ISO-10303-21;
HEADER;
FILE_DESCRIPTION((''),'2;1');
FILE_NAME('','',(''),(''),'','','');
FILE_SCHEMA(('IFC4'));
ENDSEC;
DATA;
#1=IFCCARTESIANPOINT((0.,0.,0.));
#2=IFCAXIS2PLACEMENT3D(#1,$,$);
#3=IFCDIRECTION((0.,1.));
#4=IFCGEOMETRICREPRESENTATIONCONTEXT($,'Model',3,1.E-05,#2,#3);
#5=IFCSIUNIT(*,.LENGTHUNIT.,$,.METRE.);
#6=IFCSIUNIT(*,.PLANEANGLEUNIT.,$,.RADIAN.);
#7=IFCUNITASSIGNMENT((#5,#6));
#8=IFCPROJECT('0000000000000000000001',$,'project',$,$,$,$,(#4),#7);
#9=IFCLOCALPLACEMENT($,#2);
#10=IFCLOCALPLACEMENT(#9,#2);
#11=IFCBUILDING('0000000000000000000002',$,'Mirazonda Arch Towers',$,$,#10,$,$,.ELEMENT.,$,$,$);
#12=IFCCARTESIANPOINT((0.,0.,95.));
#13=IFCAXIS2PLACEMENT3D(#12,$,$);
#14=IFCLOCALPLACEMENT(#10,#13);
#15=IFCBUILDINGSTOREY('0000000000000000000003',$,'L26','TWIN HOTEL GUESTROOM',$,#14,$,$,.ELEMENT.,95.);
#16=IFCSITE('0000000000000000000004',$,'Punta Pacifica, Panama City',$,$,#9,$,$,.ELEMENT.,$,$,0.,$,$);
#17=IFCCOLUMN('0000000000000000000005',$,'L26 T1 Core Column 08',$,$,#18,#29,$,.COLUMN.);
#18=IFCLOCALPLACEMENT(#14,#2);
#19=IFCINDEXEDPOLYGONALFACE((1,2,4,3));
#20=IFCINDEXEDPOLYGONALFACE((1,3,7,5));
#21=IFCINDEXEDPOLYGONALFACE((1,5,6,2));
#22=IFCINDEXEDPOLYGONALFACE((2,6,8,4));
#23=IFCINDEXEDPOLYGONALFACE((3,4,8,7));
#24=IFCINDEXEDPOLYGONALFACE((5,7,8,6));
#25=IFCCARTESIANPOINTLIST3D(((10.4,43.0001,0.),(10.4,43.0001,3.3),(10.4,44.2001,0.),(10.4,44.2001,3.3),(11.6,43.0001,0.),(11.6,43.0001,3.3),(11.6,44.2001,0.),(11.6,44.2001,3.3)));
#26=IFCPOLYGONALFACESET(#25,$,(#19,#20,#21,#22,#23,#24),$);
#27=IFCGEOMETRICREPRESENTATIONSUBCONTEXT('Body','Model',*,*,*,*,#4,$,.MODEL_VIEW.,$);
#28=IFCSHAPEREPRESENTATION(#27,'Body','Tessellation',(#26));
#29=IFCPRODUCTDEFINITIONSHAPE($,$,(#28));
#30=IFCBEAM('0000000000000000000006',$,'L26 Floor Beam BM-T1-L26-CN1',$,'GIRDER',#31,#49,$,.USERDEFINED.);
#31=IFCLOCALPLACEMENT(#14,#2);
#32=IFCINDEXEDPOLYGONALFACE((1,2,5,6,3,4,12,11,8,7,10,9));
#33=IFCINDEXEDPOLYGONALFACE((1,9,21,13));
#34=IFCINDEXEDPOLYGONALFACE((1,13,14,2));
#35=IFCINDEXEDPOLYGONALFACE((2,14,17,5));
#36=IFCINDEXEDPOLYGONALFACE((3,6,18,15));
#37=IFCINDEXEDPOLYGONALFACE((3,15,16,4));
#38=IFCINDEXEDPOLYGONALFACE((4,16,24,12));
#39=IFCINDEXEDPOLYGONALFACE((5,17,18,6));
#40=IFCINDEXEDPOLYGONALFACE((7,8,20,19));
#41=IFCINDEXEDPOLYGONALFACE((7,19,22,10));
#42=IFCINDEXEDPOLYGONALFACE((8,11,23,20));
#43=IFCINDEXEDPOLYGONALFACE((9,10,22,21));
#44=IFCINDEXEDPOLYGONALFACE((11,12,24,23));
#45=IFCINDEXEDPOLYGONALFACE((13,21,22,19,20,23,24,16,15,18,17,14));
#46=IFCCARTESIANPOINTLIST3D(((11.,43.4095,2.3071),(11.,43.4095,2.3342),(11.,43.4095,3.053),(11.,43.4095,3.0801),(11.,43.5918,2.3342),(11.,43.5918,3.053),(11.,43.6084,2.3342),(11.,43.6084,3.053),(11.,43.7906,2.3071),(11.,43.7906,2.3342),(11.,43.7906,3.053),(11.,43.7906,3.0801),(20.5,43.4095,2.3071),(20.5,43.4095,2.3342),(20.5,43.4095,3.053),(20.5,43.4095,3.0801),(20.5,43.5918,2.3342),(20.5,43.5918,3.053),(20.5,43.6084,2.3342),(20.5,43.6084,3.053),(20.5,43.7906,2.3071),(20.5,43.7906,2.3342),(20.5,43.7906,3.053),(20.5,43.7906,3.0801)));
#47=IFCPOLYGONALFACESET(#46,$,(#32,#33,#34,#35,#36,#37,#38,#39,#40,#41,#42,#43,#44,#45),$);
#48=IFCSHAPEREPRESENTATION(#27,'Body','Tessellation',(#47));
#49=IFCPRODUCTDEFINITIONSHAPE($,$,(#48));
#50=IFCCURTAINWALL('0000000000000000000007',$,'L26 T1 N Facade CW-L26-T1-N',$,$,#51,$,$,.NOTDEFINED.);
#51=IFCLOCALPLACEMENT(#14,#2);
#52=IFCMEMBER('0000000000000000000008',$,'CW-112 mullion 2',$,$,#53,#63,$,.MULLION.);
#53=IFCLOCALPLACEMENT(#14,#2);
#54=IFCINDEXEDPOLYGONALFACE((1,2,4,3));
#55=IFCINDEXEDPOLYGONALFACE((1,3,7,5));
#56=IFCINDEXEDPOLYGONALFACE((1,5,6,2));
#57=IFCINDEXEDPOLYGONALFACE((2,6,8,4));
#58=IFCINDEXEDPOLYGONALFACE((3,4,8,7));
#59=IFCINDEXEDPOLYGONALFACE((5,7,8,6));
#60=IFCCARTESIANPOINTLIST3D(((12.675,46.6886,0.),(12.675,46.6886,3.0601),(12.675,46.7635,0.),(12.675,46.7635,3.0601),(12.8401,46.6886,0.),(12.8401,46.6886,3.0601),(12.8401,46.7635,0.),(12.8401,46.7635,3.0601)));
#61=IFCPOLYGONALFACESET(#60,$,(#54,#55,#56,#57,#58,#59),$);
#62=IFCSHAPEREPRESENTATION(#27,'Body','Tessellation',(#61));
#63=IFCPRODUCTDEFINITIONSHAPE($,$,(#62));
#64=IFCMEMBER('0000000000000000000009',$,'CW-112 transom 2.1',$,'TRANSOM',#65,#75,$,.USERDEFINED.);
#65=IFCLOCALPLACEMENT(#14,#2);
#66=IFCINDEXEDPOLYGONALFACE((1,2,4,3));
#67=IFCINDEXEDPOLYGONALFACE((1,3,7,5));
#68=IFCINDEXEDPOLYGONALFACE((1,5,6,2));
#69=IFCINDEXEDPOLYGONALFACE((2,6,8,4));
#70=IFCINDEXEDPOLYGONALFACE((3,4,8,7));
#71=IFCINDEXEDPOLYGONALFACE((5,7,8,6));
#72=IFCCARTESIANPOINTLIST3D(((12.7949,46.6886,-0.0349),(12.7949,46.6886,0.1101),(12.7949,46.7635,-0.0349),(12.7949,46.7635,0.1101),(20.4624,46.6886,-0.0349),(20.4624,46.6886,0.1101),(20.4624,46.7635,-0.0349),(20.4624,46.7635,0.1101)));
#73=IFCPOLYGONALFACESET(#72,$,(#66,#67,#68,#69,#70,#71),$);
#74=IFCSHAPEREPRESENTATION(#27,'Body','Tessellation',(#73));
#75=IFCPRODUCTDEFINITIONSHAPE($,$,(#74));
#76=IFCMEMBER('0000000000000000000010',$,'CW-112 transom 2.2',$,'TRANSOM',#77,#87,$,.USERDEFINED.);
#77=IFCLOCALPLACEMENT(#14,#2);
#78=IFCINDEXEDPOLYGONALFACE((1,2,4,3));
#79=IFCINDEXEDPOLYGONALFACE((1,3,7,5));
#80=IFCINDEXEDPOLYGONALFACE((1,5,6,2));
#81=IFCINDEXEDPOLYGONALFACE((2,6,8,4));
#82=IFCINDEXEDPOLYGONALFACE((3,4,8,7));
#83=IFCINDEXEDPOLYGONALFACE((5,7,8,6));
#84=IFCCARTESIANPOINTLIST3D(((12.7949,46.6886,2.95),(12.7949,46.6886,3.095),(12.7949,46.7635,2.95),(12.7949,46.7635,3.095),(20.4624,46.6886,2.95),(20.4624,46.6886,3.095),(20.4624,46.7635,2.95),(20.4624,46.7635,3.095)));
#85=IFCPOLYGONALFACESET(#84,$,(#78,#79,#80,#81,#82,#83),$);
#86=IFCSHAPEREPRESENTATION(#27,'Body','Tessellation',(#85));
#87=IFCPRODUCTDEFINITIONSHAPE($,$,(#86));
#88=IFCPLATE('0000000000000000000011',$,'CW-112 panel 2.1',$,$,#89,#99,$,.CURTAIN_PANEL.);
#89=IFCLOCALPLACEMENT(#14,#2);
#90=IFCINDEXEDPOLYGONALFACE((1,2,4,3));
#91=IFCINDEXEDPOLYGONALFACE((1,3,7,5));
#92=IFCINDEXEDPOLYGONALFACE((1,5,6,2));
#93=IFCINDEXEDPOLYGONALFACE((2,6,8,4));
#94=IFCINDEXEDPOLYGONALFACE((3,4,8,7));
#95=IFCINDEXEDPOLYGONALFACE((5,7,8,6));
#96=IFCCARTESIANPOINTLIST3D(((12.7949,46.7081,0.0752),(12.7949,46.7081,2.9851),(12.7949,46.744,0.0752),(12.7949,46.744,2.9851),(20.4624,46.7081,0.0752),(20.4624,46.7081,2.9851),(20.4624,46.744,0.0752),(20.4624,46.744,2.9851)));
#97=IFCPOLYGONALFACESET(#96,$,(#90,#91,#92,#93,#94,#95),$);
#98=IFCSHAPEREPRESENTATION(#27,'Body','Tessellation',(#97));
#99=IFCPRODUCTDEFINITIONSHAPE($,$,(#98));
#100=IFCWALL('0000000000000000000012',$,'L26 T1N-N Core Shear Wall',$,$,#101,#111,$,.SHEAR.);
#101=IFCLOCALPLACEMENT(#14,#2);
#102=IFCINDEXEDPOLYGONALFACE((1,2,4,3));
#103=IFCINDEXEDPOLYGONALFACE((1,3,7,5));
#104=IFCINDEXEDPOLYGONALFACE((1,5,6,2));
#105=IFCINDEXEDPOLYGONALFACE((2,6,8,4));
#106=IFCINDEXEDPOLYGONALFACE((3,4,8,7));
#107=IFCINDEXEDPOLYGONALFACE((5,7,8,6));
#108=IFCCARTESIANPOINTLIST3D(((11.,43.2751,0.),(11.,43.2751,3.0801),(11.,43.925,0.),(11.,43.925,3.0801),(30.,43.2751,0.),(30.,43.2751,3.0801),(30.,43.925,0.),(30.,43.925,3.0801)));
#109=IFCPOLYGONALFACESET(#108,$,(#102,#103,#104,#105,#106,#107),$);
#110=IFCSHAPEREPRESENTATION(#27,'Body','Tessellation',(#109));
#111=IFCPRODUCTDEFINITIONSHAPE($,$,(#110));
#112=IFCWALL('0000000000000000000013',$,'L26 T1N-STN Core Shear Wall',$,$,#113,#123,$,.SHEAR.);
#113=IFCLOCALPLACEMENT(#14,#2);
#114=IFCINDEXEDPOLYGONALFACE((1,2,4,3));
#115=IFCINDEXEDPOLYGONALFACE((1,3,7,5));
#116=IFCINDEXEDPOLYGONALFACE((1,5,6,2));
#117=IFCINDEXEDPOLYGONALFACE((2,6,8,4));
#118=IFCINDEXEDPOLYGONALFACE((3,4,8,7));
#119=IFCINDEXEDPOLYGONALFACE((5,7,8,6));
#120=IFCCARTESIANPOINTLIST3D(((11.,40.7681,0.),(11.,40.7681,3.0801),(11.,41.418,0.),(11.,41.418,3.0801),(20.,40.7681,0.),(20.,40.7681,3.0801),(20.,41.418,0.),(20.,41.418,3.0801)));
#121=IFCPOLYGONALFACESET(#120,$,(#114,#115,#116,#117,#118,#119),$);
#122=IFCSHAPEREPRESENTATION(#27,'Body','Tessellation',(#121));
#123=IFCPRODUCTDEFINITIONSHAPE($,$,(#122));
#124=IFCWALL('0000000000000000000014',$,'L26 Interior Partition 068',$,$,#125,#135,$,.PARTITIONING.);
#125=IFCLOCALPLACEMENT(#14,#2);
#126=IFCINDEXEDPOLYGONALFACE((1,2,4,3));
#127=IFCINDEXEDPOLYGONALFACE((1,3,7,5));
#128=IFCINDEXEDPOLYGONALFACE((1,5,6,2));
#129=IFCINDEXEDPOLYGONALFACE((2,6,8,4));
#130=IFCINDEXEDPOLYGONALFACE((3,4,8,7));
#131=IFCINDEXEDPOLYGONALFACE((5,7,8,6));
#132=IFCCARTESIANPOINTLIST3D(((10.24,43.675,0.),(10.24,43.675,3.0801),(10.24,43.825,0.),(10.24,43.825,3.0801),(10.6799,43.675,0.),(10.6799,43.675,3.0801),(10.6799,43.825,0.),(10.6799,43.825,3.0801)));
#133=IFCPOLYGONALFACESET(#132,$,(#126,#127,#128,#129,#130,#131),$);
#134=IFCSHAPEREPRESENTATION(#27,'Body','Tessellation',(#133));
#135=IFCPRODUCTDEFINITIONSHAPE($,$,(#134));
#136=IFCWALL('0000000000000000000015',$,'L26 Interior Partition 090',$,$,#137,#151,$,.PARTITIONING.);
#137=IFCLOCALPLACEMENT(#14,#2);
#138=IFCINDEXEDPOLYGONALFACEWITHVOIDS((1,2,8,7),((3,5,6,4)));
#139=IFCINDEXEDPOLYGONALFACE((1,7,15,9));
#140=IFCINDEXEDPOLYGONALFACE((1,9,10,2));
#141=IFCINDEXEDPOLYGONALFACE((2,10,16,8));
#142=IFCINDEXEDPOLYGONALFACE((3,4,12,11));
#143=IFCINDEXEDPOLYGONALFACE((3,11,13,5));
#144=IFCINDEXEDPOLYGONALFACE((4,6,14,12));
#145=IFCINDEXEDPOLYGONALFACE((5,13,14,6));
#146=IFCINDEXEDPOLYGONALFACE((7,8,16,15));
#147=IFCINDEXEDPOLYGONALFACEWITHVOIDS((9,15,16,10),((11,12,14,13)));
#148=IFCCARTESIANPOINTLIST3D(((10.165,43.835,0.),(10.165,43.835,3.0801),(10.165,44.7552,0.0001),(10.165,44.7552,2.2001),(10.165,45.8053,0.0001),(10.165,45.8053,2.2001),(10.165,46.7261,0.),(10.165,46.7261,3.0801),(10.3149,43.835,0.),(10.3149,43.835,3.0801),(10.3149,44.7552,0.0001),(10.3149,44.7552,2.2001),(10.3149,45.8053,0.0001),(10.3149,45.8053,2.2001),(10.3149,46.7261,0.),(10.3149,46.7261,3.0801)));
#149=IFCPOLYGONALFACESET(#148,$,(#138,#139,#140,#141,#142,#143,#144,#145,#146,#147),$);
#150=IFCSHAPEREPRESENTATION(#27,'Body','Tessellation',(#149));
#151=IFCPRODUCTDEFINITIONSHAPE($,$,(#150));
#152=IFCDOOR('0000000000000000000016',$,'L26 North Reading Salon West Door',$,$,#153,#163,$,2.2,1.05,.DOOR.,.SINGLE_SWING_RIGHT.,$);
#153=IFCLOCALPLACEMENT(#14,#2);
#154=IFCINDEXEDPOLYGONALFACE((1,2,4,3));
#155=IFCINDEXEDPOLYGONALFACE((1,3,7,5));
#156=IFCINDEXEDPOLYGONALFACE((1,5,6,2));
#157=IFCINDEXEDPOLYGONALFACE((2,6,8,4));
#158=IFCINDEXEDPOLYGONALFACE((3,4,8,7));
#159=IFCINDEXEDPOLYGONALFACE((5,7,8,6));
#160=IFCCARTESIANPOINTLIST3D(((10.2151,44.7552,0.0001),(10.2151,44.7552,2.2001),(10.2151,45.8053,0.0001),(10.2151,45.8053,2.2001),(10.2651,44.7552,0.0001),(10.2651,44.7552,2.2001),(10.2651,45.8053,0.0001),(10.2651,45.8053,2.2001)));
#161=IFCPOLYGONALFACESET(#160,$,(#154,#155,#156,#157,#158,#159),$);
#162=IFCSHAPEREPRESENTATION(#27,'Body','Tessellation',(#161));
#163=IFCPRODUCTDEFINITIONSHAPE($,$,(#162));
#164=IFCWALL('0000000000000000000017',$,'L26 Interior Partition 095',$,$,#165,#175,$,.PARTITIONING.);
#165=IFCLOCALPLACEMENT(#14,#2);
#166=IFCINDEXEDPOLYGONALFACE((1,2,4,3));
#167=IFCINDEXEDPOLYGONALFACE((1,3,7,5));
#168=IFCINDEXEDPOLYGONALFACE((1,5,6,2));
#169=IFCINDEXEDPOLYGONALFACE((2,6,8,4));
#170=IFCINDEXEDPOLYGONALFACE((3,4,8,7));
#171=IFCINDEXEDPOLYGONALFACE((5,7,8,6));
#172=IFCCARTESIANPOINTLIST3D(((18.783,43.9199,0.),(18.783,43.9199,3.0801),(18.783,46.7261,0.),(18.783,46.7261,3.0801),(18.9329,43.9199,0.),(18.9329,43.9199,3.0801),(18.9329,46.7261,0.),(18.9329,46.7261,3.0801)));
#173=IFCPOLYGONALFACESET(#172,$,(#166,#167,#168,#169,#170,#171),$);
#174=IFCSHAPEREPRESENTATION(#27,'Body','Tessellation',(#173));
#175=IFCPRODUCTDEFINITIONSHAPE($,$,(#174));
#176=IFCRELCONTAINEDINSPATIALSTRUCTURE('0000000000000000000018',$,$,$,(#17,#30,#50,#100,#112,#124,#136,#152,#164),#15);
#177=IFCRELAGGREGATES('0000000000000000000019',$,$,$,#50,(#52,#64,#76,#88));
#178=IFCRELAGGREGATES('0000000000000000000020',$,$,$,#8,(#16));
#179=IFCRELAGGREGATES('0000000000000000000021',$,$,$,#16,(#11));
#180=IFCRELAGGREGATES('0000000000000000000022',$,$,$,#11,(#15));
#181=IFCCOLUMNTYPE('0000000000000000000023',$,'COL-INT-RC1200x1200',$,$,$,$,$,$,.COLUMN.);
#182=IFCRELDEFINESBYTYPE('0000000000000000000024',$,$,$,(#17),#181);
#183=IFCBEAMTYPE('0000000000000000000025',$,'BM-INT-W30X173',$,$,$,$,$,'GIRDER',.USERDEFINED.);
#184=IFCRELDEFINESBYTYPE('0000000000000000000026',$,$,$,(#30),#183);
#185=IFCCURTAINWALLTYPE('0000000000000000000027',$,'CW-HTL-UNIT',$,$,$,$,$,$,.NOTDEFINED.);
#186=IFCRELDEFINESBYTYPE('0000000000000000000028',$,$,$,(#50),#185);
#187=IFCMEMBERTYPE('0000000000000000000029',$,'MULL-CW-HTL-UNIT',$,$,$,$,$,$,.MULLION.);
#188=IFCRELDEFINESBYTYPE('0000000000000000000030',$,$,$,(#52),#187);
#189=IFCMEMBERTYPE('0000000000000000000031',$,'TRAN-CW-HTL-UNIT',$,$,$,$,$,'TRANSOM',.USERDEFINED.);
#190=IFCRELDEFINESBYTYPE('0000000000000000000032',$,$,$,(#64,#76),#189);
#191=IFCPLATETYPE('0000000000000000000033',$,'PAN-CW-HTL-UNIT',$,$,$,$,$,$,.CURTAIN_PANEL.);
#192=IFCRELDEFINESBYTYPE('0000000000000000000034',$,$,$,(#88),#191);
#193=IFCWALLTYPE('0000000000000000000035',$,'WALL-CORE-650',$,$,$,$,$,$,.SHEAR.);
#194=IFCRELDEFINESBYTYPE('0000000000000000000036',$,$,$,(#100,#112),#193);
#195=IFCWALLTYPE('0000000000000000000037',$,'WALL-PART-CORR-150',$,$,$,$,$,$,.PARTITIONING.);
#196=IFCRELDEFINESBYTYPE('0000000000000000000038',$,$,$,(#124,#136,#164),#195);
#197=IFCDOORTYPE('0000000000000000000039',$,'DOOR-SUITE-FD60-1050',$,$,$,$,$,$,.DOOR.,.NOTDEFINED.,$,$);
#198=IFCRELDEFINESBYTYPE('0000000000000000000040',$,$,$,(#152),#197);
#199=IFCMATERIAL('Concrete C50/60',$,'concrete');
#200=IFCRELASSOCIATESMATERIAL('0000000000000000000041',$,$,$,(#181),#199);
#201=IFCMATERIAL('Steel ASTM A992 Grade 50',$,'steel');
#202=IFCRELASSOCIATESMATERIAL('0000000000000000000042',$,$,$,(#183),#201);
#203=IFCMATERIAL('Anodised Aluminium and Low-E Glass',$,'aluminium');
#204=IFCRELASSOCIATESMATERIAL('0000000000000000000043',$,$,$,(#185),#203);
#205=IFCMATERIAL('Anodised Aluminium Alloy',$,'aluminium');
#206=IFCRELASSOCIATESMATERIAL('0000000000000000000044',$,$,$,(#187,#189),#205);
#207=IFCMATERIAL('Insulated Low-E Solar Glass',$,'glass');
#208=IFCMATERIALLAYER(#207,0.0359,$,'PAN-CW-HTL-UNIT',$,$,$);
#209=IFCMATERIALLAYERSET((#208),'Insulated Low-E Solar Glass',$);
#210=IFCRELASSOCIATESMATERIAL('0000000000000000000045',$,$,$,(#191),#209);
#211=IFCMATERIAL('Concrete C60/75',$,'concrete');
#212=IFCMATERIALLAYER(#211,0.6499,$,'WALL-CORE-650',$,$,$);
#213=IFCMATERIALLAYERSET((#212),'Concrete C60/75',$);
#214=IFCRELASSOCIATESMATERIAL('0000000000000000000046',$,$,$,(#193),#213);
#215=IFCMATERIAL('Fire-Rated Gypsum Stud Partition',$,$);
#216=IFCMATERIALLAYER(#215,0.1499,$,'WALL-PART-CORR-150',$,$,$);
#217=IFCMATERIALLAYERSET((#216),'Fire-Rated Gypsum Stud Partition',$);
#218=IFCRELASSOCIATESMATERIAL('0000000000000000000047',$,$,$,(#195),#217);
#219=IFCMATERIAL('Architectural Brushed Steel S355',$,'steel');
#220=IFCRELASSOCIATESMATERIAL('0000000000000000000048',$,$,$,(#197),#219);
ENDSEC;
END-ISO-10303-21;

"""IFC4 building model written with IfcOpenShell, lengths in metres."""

from ifc_helpers import new_model, si_unit, direction, frame, frame_2d, origin, origin_2d, place, context, subcontext, project, spatial, rectangle, i_section, extrude, material, layer, layer_set, material_profile, profile_set, type_object, element, fill, aggregate, save


model = new_model("IFC4")

# Units and contexts
model_context = context("Model", 3, precision=1e-05, world=origin(), true_north=direction((0.0, 1.0)))
body_context = subcontext(model_context, "Body", "Model", "MODEL_VIEW")
ifc_project = project(units=[si_unit("LENGTHUNIT", "METRE"), si_unit("PLANEANGLEUNIT", "RADIAN")], contexts=[model_context])

# Site, building, storey
site_placement = place(None, origin())
site = spatial("IfcSite", under=ifc_project, at=site_placement, Name="Punta Pacifica, Panama City", CompositionType="ELEMENT", RefElevation=0.0)
building_placement = place(site_placement, origin())
building = spatial("IfcBuilding", under=site, at=building_placement, Name="Mirazonda Arch Towers", CompositionType="ELEMENT")
storey_placement = place(building_placement, frame((0.0, 0.0, 95.0)))
storey = spatial("IfcBuildingStorey", under=building, at=storey_placement, Name="L26", Description="TWIN HOTEL GUESTROOM", CompositionType="ELEMENT", Elevation=95.0)

# Column
ifc_material_1 = material(Name="Concrete C50/60", Category="concrete")
ifc_material_profile_1 = material_profile(ifc_material_1, rectangle(XDim=1.2, YDim=1.2, at=origin_2d()), Name="RC1200x1200")
ifc_profile_set_1 = profile_set([ifc_material_profile_1], Name="Concrete C50/60")
column_type = type_object("IfcColumnType", Name="COL-INT-RC1200x1200", PredefinedType="COLUMN", material=ifc_profile_set_1)
column_placement = place(storey_placement, frame((11.0, 43.6001, 0.0), z_axis=(0.0, 0.0, 1.0), x_axis=(1.0, 0.0, 0.0)))
element("IfcColumn", 1, at=column_placement, inside=storey, type_object=column_type, Name="L26 T1 Core Column 08", PredefinedType="COLUMN", context=body_context, shape_type="SweptSolid", body=[
    extrude(rectangle(XDim=1.2, YDim=1.2, at=origin_2d()), origin(), (0.0, 0.0, 1.0), 3.3),
])

# Beam
ifc_material_2 = material(Name="Steel ASTM A992 Grade 50", Category="steel")
ifc_material_profile_2 = material_profile(ifc_material_2, i_section(OverallWidth=0.3811, OverallDepth=0.7729, WebThickness=0.0166, FlangeThickness=0.0271, at=origin_2d()), Name="W30X173")
ifc_profile_set_2 = profile_set([ifc_material_profile_2], Name="Steel ASTM A992 Grade 50")
beam_type = type_object("IfcBeamType", Name="BM-INT-W30X173", ElementType="GIRDER", PredefinedType="USERDEFINED", material=ifc_profile_set_2)
beam_placement = place(storey_placement, frame((11.0, 43.6001, 2.6936), z_axis=(1.0, 0.0, 0.0), x_axis=(0.0, 1.0, 0.0)))
element("IfcBeam", 2, at=beam_placement, inside=storey, type_object=beam_type, Name="L26 Floor Beam BM-T1-L26-CN1", ObjectType="GIRDER", PredefinedType="USERDEFINED", context=body_context, shape_type="SweptSolid", body=[
    extrude(i_section(OverallWidth=0.3811, OverallDepth=0.7729, WebThickness=0.0166, FlangeThickness=0.0271, at=origin_2d()), origin(), (0.0, 0.0, 1.0), 9.5),
])

# Curtain wall, members, plate
ifc_material_3 = material(Name="Anodised Aluminium and Low-E Glass", Category="aluminium")
curtain_wall_type = type_object("IfcCurtainWallType", Name="CW-HTL-UNIT", PredefinedType="NOTDEFINED", material=ifc_material_3)
curtain_wall_placement = place(storey_placement, origin())
curtain_wall = element("IfcCurtainWall", 3, at=curtain_wall_placement, inside=storey, type_object=curtain_wall_type, Name="L26 T1 N Facade CW-L26-T1-N", PredefinedType="NOTDEFINED")
ifc_material_4 = material(Name="Anodised Aluminium Alloy", Category="aluminium")
ifc_material_profile_3 = material_profile(ifc_material_4, rectangle(XDim=0.075, YDim=0.165, at=origin_2d()), Name="ALU-MULL-75x165")
ifc_profile_set_3 = profile_set([ifc_material_profile_3], Name="Anodised Aluminium Alloy")
member_type_1 = type_object("IfcMemberType", Name="MULL-CW-HTL-UNIT", PredefinedType="MULLION", material=ifc_profile_set_3)
member_1_placement = place(storey_placement, frame((12.7576, 46.7261, 0.0), z_axis=(0.0, 0.0, 1.0), x_axis=(0.0, 1.0, 0.0)))
member_1 = element("IfcMember", 4, at=member_1_placement, type_object=member_type_1, Name="CW-112 mullion 2", PredefinedType="MULLION", context=body_context, shape_type="SweptSolid", body=[
    extrude(rectangle(XDim=0.075, YDim=0.165, at=origin_2d()), origin(), (0.0, 0.0, 1.0), 3.0601),
])
ifc_material_profile_4 = material_profile(ifc_material_4, rectangle(XDim=0.075, YDim=0.145, at=origin_2d()), Name="ALU-TRAN-75x145")
ifc_profile_set_4 = profile_set([ifc_material_profile_4], Name="Anodised Aluminium Alloy")
member_type_2 = type_object("IfcMemberType", Name="TRAN-CW-HTL-UNIT", ElementType="TRANSOM", PredefinedType="USERDEFINED", material=ifc_profile_set_4)
member_2_placement = place(storey_placement, frame((12.7949, 46.7261, 0.0376), z_axis=(1.0, 0.0, 0.0), x_axis=(0.0, 1.0, 0.0)))
member_2 = element("IfcMember", 5, at=member_2_placement, type_object=member_type_2, Name="CW-112 transom 2.1", ObjectType="TRANSOM", PredefinedType="USERDEFINED", context=body_context, shape_type="SweptSolid", body=[
    extrude(rectangle(XDim=0.075, YDim=0.145, at=origin_2d()), origin(), (0.0, 0.0, 1.0), 7.6675),
])
member_3_placement = place(storey_placement, frame((12.7949, 46.7261, 3.0225), z_axis=(1.0, 0.0, 0.0), x_axis=(0.0, 1.0, 0.0)))
member_3 = element("IfcMember", 6, at=member_3_placement, type_object=member_type_2, Name="CW-112 transom 2.2", ObjectType="TRANSOM", PredefinedType="USERDEFINED", context=body_context, shape_type="SweptSolid", body=[
    extrude(rectangle(XDim=0.075, YDim=0.145, at=origin_2d()), origin(), (0.0, 0.0, 1.0), 7.6675),
])
ifc_material_5 = material(Name="Insulated Low-E Solar Glass", Category="glass")
ifc_layer_1 = layer(ifc_material_5, 0.0359, Name="PAN-CW-HTL-UNIT")
ifc_layer_set_1 = layer_set([ifc_layer_1], Name="Insulated Low-E Solar Glass")
plate_type = type_object("IfcPlateType", Name="PAN-CW-HTL-UNIT", PredefinedType="CURTAIN_PANEL", material=ifc_layer_set_1)
plate_placement = place(storey_placement, frame((16.6287, 46.7261, 0.0752), z_axis=(0.0, 0.0, 1.0), x_axis=(1.0, 0.0, 0.0)))
plate = element("IfcPlate", 7, at=plate_placement, type_object=plate_type, Name="CW-112 panel 2.1", PredefinedType="CURTAIN_PANEL", context=body_context, shape_type="SweptSolid", body=[
    extrude(rectangle(XDim=7.6675, YDim=0.0359, at=origin_2d()), origin(), (0.0, 0.0, 1.0), 2.9099),
])
aggregate(curtain_wall, [member_1, member_2, member_3, plate])

# Walls
ifc_material_6 = material(Name="Concrete C60/75", Category="concrete")
ifc_layer_2 = layer(ifc_material_6, 0.6499, Name="WALL-CORE-650")
ifc_layer_set_2 = layer_set([ifc_layer_2], Name="Concrete C60/75")
wall_type_1 = type_object("IfcWallType", Name="WALL-CORE-650", PredefinedType="SHEAR", material=ifc_layer_set_2)
wall_1_placement = place(storey_placement, frame((11.0, 43.6001, 0.0), z_axis=(0.0, 0.0, 1.0), x_axis=(1.0, 0.0, 0.0)))
element("IfcWall", 8, at=wall_1_placement, inside=storey, type_object=wall_type_1, Name="L26 T1N-N Core Shear Wall", PredefinedType="SHEAR", context=body_context, shape_type="SweptSolid", body=[
    extrude(rectangle(XDim=19.0, YDim=0.6499, at=frame_2d((9.5, 0.0))), origin(), (0.0, 0.0, 1.0), 3.0801),
])
wall_2_placement = place(storey_placement, frame((11.0, 41.093, 0.0), z_axis=(0.0, 0.0, 1.0), x_axis=(1.0, 0.0, 0.0)))
element("IfcWall", 9, at=wall_2_placement, inside=storey, type_object=wall_type_1, Name="L26 T1N-STN Core Shear Wall", PredefinedType="SHEAR", context=body_context, shape_type="SweptSolid", body=[
    extrude(rectangle(XDim=9.0, YDim=0.6499, at=frame_2d((4.5, 0.0))), origin(), (0.0, 0.0, 1.0), 3.0801),
])
ifc_material_7 = material(Name="Fire-Rated Gypsum Stud Partition")
ifc_layer_3 = layer(ifc_material_7, 0.1499, Name="WALL-PART-CORR-150")
ifc_layer_set_3 = layer_set([ifc_layer_3], Name="Fire-Rated Gypsum Stud Partition")
wall_type_2 = type_object("IfcWallType", Name="WALL-PART-CORR-150", PredefinedType="PARTITIONING", material=ifc_layer_set_3)
wall_3_placement = place(storey_placement, frame((10.24, 43.75, 0.0), z_axis=(0.0, 0.0, 1.0), x_axis=(1.0, 0.0, 0.0)))
element("IfcWall", 10, at=wall_3_placement, inside=storey, type_object=wall_type_2, Name="L26 Interior Partition 068", PredefinedType="PARTITIONING", context=body_context, shape_type="SweptSolid", body=[
    extrude(rectangle(XDim=0.4399, YDim=0.1499, at=frame_2d((0.22, 0.0))), origin(), (0.0, 0.0, 1.0), 3.0801),
])

# Wall, opening, door
wall_4_placement = place(storey_placement, frame((10.24, 43.835, 0.0), z_axis=(0.0, 0.0, 1.0), x_axis=(0.0, 1.0, 0.0)))
wall_4 = element("IfcWall", 11, at=wall_4_placement, inside=storey, type_object=wall_type_2, Name="L26 Interior Partition 090", PredefinedType="PARTITIONING", context=body_context, shape_type="SweptSolid", body=[
    extrude(rectangle(XDim=2.8911, YDim=0.1499, at=frame_2d((1.4456, 0.0))), origin(), (0.0, 0.0, 1.0), 3.0801),
])
opening_placement = place(wall_4_placement, frame((0.9204, 0.0, 0.0)))
opening = element("IfcOpeningElement", 12, at=opening_placement, cuts=wall_4, PredefinedType="OPENING", context=body_context, shape_type="SweptSolid", body=[
    extrude(rectangle(XDim=1.05, YDim=2.2, at=frame_2d((0.5249, 1.1001))), frame((0.0, 0.085, 0.0), z_axis=(0.0, -1.0, 0.0), x_axis=(1.0, 0.0, 0.0)), (0.0, 0.0, 1.0), 0.1699),
])
ifc_material_8 = material(Name="Architectural Brushed Steel S355", Category="steel")
door_type = type_object("IfcDoorType", Name="DOOR-SUITE-FD60-1050", OperationType="NOTDEFINED", PredefinedType="DOOR", material=ifc_material_8)
door_placement = place(opening_placement, origin())
door = element("IfcDoor", 13, at=door_placement, inside=storey, type_object=door_type, Name="L26 North Reading Salon West Door", OperationType="SINGLE_SWING_RIGHT", OverallHeight=2.2, OverallWidth=1.05, PredefinedType="DOOR", context=body_context, shape_type="SweptSolid", body=[
    extrude(rectangle(XDim=1.05, YDim=2.2, at=frame_2d((0.5249, 1.1001))), frame((0.0, 0.0249, 0.0), z_axis=(0.0, -1.0, 0.0), x_axis=(1.0, 0.0, 0.0)), (0.0, 0.0, 1.0), 0.05),
])
fill(opening, door)

# Wall
wall_5_placement = place(storey_placement, frame((18.8579, 43.9199, 0.0), z_axis=(0.0, 0.0, 1.0), x_axis=(0.0, 1.0, 0.0)))
element("IfcWall", 14, at=wall_5_placement, inside=storey, type_object=wall_type_2, Name="L26 Interior Partition 095", PredefinedType="PARTITIONING", context=body_context, shape_type="SweptSolid", body=[
    extrude(rectangle(XDim=2.8062, YDim=0.1499, at=frame_2d((1.4031, 0.0))), origin(), (0.0, 0.0, 1.0), 3.0801),
])

save(model, "model.ifc")
